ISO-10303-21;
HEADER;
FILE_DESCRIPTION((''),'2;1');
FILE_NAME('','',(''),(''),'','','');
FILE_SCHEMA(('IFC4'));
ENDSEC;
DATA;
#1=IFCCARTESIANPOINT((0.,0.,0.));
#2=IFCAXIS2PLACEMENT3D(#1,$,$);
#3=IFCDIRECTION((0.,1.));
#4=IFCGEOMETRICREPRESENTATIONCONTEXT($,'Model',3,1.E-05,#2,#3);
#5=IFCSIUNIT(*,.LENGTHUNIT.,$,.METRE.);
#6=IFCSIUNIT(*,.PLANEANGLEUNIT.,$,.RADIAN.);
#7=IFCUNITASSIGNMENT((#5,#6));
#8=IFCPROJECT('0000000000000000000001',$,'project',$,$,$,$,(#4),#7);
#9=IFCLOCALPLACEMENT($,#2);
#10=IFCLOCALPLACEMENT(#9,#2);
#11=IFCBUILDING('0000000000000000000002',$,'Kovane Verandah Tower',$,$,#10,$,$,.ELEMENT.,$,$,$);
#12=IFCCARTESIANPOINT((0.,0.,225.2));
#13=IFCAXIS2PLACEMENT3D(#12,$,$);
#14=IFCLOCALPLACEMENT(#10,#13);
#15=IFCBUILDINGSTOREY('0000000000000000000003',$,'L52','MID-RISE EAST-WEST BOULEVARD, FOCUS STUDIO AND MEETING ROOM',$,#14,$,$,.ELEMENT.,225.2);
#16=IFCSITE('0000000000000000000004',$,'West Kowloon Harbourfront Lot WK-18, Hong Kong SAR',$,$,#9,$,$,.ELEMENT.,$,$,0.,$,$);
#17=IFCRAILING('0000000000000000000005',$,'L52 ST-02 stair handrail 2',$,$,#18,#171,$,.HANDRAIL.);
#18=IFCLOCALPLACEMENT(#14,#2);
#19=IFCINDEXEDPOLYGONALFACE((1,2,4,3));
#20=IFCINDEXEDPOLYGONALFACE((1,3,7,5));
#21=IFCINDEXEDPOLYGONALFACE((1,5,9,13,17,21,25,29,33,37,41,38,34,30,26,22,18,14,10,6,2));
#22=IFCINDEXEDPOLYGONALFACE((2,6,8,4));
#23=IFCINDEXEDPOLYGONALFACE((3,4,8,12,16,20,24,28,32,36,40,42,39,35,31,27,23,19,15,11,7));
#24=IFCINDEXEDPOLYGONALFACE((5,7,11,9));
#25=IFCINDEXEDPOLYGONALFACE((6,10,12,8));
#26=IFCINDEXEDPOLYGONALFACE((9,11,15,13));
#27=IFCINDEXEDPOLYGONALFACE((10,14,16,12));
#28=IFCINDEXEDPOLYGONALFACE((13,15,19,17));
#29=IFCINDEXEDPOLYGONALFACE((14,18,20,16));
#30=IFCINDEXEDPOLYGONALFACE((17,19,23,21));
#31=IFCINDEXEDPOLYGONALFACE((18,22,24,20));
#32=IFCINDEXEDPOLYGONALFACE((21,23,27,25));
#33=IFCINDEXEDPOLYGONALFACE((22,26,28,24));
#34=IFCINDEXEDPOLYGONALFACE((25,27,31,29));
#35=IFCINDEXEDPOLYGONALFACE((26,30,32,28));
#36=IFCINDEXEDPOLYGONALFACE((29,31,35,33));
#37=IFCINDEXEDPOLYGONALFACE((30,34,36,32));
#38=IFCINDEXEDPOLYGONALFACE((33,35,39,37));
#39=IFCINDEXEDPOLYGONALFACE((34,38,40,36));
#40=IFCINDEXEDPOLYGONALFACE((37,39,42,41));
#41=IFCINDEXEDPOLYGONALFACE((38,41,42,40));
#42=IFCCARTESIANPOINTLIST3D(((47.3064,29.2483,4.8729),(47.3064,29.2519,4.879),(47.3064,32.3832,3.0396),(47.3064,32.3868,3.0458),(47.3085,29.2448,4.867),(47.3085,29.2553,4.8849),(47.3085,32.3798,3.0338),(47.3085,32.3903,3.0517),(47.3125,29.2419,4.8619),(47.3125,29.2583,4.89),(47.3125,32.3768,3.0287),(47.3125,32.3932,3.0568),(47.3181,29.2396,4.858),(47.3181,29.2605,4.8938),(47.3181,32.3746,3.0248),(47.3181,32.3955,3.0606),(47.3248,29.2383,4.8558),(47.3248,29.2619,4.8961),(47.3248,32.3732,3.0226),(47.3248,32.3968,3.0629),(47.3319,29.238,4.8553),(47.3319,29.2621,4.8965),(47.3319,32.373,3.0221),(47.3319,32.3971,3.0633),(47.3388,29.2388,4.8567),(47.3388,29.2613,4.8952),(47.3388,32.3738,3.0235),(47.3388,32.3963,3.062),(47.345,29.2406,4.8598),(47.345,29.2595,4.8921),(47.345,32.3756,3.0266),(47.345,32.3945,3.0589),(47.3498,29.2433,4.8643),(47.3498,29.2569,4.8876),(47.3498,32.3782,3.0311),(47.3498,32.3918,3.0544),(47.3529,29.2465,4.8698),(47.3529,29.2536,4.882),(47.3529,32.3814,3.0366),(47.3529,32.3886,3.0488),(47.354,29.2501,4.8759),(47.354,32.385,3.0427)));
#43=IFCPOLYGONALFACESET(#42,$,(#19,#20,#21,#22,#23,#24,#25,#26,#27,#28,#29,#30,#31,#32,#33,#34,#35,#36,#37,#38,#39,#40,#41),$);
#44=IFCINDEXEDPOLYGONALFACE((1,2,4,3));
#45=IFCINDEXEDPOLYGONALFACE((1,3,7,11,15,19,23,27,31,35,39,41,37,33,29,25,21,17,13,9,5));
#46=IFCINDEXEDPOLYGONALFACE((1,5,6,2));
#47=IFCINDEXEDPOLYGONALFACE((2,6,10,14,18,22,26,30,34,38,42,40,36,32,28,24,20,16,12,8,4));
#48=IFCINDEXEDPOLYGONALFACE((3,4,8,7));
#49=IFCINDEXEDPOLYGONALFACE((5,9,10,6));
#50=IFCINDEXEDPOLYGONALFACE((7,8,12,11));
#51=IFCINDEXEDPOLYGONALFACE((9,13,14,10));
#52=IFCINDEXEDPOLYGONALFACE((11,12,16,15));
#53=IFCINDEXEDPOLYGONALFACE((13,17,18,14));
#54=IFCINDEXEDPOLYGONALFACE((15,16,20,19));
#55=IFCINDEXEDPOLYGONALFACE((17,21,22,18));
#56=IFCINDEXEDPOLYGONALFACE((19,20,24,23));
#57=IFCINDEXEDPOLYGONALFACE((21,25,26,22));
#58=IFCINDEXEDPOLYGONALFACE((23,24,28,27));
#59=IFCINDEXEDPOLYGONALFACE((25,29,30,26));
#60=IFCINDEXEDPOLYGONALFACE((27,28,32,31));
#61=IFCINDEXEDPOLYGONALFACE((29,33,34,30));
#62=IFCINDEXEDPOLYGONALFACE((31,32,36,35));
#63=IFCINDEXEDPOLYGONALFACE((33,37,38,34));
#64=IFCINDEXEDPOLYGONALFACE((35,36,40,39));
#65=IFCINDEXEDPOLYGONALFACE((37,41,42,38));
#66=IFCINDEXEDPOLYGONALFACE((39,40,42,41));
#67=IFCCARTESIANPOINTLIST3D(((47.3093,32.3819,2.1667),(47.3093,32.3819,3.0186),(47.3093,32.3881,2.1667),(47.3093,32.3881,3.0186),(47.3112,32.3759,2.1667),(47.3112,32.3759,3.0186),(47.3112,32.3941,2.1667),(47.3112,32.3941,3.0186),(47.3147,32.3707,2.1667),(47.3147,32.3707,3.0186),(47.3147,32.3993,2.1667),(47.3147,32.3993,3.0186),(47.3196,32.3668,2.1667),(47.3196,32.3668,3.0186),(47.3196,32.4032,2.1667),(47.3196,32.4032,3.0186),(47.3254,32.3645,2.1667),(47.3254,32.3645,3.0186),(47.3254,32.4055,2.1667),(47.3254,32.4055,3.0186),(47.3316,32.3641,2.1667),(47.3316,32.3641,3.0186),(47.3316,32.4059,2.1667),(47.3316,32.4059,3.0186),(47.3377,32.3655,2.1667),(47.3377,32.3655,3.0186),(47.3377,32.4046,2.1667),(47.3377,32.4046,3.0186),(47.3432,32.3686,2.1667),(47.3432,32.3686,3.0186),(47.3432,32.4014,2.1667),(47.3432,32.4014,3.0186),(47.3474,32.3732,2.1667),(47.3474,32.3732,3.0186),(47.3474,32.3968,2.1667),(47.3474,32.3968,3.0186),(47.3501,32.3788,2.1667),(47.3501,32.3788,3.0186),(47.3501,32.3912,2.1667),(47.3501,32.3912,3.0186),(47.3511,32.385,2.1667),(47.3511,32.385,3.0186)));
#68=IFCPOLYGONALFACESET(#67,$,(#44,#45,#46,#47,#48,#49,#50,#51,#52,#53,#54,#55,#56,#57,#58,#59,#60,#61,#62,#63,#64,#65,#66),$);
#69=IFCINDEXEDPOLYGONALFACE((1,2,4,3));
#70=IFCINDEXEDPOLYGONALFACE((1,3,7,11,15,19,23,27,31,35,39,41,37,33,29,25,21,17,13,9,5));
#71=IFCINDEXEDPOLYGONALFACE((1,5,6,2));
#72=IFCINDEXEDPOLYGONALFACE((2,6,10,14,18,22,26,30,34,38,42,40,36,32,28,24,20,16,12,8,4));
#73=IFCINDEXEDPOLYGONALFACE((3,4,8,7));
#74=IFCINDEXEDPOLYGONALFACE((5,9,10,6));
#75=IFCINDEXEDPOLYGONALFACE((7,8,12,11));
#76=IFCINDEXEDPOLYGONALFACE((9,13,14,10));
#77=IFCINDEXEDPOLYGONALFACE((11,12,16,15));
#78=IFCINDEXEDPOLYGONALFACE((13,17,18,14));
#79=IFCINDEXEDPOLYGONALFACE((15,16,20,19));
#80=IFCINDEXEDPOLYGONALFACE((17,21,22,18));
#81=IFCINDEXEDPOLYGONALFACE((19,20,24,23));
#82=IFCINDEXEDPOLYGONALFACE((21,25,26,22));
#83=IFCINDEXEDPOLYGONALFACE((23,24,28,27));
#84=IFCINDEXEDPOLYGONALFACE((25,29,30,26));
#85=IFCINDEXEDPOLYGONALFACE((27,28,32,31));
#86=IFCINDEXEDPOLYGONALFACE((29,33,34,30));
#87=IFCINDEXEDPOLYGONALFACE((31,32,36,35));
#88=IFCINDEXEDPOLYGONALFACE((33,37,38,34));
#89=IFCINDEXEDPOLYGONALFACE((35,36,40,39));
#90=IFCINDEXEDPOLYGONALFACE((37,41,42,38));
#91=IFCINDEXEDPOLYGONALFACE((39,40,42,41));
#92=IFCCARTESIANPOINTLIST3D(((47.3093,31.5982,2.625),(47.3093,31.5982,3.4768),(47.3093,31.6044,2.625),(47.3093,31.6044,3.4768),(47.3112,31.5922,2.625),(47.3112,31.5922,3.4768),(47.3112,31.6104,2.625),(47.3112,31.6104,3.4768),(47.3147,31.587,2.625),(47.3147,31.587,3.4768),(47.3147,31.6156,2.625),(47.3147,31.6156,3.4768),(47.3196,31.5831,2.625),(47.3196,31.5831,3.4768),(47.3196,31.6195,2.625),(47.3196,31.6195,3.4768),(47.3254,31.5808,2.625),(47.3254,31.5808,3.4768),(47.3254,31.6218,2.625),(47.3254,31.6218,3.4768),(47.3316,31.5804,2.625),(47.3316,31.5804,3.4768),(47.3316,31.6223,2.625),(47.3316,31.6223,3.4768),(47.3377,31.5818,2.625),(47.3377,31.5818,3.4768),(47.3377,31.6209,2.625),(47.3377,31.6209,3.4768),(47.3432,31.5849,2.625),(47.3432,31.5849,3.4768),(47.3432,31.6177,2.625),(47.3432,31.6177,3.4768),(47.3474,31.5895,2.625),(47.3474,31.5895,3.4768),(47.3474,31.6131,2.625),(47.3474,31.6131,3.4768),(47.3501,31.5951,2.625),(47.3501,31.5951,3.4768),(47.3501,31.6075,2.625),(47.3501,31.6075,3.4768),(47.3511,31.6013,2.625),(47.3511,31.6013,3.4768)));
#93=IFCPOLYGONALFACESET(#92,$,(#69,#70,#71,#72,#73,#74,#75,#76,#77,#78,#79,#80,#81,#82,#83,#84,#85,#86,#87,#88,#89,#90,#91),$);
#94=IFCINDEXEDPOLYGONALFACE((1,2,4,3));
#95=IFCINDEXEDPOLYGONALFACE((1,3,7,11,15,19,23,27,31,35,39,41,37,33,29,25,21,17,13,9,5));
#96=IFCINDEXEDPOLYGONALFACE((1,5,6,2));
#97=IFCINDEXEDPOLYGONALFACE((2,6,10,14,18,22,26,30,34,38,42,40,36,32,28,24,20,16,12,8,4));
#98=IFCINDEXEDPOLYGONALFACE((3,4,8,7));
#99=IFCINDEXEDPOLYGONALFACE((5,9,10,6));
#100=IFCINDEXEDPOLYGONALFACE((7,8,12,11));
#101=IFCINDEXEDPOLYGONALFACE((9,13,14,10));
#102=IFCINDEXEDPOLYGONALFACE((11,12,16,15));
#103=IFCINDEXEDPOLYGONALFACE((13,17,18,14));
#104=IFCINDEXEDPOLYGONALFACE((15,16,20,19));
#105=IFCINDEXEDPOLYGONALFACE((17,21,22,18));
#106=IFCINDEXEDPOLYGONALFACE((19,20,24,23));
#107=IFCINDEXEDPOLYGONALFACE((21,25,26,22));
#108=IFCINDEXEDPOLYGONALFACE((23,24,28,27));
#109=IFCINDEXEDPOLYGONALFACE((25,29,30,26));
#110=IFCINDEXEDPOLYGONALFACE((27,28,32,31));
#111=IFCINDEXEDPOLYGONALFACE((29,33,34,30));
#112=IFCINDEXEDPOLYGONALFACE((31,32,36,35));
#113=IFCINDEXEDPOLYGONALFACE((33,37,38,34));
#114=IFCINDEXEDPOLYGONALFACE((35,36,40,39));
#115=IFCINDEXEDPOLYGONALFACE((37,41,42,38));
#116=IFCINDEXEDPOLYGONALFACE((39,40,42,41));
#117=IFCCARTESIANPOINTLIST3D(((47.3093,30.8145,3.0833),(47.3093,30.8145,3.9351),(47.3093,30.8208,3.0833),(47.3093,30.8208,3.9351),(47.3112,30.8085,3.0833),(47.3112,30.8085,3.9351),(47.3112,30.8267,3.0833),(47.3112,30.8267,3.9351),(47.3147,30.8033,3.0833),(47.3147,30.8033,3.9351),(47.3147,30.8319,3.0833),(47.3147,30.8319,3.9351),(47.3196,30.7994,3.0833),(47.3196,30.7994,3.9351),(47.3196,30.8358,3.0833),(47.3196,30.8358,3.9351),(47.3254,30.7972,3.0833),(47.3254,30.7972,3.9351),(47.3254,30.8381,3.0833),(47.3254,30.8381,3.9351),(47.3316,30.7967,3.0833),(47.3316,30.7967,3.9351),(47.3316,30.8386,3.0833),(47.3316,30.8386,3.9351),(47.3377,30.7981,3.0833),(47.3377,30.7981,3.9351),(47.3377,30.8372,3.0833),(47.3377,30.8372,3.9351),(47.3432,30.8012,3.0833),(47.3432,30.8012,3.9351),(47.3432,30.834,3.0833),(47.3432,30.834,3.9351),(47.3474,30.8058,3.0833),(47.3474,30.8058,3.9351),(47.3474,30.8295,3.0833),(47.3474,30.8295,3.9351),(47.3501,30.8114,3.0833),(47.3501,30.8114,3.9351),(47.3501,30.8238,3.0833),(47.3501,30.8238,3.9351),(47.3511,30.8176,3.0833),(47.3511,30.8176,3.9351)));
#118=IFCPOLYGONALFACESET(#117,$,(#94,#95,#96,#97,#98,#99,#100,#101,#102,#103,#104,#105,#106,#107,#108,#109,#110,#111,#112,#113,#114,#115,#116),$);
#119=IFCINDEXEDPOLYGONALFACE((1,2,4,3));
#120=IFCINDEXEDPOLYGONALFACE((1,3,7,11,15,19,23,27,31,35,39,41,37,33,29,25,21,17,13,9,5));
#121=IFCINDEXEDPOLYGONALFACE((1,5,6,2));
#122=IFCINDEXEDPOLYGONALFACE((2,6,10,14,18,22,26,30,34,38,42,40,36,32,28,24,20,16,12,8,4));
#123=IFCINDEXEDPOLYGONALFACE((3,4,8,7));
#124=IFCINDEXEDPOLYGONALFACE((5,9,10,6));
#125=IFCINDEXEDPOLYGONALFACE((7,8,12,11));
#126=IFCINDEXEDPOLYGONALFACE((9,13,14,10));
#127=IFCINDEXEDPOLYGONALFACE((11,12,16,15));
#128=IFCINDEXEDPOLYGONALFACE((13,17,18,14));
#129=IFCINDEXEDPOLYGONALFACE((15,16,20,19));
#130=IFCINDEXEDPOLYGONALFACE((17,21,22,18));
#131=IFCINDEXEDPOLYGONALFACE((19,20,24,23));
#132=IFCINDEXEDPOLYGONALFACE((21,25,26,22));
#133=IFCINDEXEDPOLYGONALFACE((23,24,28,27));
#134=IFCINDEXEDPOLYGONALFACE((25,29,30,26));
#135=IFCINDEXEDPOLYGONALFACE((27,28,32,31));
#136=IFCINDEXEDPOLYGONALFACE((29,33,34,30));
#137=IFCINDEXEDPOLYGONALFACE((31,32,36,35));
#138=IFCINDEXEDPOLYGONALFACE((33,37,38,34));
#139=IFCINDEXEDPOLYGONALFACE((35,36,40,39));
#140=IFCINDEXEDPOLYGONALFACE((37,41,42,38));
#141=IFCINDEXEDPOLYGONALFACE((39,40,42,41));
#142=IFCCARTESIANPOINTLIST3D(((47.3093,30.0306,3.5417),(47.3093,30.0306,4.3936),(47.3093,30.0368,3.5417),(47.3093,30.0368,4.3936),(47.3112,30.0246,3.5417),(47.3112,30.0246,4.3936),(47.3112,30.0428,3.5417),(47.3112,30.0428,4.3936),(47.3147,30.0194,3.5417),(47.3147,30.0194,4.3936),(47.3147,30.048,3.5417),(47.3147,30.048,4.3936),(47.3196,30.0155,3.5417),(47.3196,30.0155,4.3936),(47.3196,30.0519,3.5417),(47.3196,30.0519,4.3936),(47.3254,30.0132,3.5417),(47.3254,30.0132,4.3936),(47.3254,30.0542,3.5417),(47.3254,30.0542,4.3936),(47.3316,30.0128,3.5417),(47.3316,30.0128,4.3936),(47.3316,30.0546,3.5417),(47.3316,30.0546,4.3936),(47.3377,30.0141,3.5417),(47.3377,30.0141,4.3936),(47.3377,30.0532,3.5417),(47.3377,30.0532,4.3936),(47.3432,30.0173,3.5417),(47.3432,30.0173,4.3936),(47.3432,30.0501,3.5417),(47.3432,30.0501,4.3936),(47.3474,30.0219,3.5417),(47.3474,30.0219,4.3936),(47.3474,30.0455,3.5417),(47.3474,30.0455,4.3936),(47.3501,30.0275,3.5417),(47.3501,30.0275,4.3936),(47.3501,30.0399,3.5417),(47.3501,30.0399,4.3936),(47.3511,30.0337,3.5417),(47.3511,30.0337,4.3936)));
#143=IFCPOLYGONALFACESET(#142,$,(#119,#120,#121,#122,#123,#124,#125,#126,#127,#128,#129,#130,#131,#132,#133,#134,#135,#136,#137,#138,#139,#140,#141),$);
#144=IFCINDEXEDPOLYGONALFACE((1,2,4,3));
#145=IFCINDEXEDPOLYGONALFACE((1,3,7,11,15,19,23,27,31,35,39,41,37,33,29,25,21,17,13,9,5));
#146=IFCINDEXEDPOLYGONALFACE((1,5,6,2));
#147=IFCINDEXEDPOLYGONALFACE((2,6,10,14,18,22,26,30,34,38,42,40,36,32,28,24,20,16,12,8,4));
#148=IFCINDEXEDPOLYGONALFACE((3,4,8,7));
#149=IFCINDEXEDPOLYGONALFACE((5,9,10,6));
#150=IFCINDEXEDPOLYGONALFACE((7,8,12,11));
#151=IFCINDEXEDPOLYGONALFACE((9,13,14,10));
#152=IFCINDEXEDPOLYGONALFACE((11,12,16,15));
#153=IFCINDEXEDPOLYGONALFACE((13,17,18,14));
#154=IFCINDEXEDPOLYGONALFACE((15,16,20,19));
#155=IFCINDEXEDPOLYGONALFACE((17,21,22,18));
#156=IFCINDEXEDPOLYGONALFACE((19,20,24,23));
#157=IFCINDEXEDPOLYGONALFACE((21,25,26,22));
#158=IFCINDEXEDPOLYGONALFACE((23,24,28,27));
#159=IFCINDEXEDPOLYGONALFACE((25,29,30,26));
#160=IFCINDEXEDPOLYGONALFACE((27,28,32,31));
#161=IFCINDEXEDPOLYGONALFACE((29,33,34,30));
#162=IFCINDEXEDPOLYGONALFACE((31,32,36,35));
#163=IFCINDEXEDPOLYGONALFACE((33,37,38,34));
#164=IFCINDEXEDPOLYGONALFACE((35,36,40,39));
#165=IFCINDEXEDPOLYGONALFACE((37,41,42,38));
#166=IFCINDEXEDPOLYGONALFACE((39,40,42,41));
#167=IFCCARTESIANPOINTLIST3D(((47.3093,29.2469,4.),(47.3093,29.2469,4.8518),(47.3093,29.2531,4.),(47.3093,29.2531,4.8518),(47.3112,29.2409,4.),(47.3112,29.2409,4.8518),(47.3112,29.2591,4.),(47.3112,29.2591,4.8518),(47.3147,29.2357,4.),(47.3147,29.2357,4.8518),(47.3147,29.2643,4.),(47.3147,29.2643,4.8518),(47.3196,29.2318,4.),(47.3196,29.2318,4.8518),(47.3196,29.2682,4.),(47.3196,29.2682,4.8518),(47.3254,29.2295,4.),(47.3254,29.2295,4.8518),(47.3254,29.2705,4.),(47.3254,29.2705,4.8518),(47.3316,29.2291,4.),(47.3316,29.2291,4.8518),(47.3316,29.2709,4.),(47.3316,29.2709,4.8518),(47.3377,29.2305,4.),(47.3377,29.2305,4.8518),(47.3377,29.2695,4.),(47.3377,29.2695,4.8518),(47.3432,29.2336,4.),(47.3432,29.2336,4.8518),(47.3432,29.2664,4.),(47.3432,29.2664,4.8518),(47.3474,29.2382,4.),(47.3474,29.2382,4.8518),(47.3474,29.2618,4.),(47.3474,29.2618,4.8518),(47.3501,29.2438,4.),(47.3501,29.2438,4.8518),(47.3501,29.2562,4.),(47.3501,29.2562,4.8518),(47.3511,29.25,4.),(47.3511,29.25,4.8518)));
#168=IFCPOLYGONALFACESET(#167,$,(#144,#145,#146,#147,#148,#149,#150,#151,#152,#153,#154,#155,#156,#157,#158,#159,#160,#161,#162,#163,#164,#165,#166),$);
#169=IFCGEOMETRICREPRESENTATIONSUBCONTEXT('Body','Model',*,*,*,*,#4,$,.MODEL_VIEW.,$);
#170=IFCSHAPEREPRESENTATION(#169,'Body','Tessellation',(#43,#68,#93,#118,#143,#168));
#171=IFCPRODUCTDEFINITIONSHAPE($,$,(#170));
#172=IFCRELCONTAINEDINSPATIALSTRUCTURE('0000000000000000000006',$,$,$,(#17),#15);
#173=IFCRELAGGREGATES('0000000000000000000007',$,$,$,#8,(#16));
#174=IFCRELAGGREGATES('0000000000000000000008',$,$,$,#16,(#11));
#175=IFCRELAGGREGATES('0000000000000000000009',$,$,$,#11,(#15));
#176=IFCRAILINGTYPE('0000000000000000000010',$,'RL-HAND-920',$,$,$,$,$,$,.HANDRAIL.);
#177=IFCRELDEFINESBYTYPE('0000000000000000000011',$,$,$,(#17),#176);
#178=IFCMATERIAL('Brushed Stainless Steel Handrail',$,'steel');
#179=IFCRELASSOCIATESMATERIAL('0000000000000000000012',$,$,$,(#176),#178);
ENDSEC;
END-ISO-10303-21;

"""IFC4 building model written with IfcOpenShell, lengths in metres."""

from ifc_helpers import new_model, si_unit, direction, frame, origin, origin_2d, place, context, subcontext, project, spatial, circle, extrude, material, type_object, element, save


model = new_model("IFC4")

# Units and contexts
model_context = context("Model", 3, precision=1e-05, world=origin(), true_north=direction((0.0, 1.0)))
body_context = subcontext(model_context, "Body", "Model", "MODEL_VIEW")
ifc_project = project(units=[si_unit("LENGTHUNIT", "METRE"), si_unit("PLANEANGLEUNIT", "RADIAN")], contexts=[model_context])

# Site, building, storey
site_placement = place(None, origin())
site = spatial("IfcSite", under=ifc_project, at=site_placement, Name="West Kowloon Harbourfront Lot WK-18, Hong Kong SAR", CompositionType="ELEMENT", RefElevation=0.0)
building_placement = place(site_placement, origin())
building = spatial("IfcBuilding", under=site, at=building_placement, Name="Kovane Verandah Tower", CompositionType="ELEMENT")
storey_placement = place(building_placement, frame((0.0, 0.0, 225.2)))
storey = spatial("IfcBuildingStorey", under=building, at=storey_placement, Name="L52", Description="MID-RISE EAST-WEST BOULEVARD, FOCUS STUDIO AND MEETING ROOM", CompositionType="ELEMENT", Elevation=225.2)

# Railing
ifc_material_1 = material(Name="Brushed Stainless Steel Handrail", Category="steel")
railing_type_1 = type_object("IfcRailingType", Name="RL-HAND-920", PredefinedType="HANDRAIL", material=ifc_material_1)
railing_1_placement = place(storey_placement, frame((47.3301, 32.385, 2.1667)))
element("IfcRailing", 1, at=railing_1_placement, inside=storey, type_object=railing_type_1, Name="L52 ST-02 stair handrail 2", PredefinedType="HANDRAIL", context=body_context, shape_type="SweptSolid", body=[
    extrude(circle(Radius=0.0239, at=origin_2d()), frame((0.0, 0.0, 0.876), z_axis=(0.0, -0.86324, 0.504794), x_axis=(1.0, 0.0, 0.0)), (0.0, 0.0, 1.0), 3.6316),
    extrude(circle(Radius=0.021, at=origin_2d()), origin(), (0.0, 0.0, 1.0), 0.8518),
    extrude(circle(Radius=0.021, at=origin_2d()), frame((0.0, -0.7837, 0.4583)), (0.0, 0.0, 1.0), 0.8518),
    extrude(circle(Radius=0.021, at=origin_2d()), frame((0.0, -1.5674, 0.9165)), (0.0, 0.0, 1.0), 0.8518),
    extrude(circle(Radius=0.021, at=origin_2d()), frame((0.0, -2.3513, 1.375)), (0.0, 0.0, 1.0), 0.8518),
    extrude(circle(Radius=0.021, at=origin_2d()), frame((0.0, -3.135, 1.8333)), (0.0, 0.0, 1.0), 0.8518),
])

save(model, "model.ifc")
